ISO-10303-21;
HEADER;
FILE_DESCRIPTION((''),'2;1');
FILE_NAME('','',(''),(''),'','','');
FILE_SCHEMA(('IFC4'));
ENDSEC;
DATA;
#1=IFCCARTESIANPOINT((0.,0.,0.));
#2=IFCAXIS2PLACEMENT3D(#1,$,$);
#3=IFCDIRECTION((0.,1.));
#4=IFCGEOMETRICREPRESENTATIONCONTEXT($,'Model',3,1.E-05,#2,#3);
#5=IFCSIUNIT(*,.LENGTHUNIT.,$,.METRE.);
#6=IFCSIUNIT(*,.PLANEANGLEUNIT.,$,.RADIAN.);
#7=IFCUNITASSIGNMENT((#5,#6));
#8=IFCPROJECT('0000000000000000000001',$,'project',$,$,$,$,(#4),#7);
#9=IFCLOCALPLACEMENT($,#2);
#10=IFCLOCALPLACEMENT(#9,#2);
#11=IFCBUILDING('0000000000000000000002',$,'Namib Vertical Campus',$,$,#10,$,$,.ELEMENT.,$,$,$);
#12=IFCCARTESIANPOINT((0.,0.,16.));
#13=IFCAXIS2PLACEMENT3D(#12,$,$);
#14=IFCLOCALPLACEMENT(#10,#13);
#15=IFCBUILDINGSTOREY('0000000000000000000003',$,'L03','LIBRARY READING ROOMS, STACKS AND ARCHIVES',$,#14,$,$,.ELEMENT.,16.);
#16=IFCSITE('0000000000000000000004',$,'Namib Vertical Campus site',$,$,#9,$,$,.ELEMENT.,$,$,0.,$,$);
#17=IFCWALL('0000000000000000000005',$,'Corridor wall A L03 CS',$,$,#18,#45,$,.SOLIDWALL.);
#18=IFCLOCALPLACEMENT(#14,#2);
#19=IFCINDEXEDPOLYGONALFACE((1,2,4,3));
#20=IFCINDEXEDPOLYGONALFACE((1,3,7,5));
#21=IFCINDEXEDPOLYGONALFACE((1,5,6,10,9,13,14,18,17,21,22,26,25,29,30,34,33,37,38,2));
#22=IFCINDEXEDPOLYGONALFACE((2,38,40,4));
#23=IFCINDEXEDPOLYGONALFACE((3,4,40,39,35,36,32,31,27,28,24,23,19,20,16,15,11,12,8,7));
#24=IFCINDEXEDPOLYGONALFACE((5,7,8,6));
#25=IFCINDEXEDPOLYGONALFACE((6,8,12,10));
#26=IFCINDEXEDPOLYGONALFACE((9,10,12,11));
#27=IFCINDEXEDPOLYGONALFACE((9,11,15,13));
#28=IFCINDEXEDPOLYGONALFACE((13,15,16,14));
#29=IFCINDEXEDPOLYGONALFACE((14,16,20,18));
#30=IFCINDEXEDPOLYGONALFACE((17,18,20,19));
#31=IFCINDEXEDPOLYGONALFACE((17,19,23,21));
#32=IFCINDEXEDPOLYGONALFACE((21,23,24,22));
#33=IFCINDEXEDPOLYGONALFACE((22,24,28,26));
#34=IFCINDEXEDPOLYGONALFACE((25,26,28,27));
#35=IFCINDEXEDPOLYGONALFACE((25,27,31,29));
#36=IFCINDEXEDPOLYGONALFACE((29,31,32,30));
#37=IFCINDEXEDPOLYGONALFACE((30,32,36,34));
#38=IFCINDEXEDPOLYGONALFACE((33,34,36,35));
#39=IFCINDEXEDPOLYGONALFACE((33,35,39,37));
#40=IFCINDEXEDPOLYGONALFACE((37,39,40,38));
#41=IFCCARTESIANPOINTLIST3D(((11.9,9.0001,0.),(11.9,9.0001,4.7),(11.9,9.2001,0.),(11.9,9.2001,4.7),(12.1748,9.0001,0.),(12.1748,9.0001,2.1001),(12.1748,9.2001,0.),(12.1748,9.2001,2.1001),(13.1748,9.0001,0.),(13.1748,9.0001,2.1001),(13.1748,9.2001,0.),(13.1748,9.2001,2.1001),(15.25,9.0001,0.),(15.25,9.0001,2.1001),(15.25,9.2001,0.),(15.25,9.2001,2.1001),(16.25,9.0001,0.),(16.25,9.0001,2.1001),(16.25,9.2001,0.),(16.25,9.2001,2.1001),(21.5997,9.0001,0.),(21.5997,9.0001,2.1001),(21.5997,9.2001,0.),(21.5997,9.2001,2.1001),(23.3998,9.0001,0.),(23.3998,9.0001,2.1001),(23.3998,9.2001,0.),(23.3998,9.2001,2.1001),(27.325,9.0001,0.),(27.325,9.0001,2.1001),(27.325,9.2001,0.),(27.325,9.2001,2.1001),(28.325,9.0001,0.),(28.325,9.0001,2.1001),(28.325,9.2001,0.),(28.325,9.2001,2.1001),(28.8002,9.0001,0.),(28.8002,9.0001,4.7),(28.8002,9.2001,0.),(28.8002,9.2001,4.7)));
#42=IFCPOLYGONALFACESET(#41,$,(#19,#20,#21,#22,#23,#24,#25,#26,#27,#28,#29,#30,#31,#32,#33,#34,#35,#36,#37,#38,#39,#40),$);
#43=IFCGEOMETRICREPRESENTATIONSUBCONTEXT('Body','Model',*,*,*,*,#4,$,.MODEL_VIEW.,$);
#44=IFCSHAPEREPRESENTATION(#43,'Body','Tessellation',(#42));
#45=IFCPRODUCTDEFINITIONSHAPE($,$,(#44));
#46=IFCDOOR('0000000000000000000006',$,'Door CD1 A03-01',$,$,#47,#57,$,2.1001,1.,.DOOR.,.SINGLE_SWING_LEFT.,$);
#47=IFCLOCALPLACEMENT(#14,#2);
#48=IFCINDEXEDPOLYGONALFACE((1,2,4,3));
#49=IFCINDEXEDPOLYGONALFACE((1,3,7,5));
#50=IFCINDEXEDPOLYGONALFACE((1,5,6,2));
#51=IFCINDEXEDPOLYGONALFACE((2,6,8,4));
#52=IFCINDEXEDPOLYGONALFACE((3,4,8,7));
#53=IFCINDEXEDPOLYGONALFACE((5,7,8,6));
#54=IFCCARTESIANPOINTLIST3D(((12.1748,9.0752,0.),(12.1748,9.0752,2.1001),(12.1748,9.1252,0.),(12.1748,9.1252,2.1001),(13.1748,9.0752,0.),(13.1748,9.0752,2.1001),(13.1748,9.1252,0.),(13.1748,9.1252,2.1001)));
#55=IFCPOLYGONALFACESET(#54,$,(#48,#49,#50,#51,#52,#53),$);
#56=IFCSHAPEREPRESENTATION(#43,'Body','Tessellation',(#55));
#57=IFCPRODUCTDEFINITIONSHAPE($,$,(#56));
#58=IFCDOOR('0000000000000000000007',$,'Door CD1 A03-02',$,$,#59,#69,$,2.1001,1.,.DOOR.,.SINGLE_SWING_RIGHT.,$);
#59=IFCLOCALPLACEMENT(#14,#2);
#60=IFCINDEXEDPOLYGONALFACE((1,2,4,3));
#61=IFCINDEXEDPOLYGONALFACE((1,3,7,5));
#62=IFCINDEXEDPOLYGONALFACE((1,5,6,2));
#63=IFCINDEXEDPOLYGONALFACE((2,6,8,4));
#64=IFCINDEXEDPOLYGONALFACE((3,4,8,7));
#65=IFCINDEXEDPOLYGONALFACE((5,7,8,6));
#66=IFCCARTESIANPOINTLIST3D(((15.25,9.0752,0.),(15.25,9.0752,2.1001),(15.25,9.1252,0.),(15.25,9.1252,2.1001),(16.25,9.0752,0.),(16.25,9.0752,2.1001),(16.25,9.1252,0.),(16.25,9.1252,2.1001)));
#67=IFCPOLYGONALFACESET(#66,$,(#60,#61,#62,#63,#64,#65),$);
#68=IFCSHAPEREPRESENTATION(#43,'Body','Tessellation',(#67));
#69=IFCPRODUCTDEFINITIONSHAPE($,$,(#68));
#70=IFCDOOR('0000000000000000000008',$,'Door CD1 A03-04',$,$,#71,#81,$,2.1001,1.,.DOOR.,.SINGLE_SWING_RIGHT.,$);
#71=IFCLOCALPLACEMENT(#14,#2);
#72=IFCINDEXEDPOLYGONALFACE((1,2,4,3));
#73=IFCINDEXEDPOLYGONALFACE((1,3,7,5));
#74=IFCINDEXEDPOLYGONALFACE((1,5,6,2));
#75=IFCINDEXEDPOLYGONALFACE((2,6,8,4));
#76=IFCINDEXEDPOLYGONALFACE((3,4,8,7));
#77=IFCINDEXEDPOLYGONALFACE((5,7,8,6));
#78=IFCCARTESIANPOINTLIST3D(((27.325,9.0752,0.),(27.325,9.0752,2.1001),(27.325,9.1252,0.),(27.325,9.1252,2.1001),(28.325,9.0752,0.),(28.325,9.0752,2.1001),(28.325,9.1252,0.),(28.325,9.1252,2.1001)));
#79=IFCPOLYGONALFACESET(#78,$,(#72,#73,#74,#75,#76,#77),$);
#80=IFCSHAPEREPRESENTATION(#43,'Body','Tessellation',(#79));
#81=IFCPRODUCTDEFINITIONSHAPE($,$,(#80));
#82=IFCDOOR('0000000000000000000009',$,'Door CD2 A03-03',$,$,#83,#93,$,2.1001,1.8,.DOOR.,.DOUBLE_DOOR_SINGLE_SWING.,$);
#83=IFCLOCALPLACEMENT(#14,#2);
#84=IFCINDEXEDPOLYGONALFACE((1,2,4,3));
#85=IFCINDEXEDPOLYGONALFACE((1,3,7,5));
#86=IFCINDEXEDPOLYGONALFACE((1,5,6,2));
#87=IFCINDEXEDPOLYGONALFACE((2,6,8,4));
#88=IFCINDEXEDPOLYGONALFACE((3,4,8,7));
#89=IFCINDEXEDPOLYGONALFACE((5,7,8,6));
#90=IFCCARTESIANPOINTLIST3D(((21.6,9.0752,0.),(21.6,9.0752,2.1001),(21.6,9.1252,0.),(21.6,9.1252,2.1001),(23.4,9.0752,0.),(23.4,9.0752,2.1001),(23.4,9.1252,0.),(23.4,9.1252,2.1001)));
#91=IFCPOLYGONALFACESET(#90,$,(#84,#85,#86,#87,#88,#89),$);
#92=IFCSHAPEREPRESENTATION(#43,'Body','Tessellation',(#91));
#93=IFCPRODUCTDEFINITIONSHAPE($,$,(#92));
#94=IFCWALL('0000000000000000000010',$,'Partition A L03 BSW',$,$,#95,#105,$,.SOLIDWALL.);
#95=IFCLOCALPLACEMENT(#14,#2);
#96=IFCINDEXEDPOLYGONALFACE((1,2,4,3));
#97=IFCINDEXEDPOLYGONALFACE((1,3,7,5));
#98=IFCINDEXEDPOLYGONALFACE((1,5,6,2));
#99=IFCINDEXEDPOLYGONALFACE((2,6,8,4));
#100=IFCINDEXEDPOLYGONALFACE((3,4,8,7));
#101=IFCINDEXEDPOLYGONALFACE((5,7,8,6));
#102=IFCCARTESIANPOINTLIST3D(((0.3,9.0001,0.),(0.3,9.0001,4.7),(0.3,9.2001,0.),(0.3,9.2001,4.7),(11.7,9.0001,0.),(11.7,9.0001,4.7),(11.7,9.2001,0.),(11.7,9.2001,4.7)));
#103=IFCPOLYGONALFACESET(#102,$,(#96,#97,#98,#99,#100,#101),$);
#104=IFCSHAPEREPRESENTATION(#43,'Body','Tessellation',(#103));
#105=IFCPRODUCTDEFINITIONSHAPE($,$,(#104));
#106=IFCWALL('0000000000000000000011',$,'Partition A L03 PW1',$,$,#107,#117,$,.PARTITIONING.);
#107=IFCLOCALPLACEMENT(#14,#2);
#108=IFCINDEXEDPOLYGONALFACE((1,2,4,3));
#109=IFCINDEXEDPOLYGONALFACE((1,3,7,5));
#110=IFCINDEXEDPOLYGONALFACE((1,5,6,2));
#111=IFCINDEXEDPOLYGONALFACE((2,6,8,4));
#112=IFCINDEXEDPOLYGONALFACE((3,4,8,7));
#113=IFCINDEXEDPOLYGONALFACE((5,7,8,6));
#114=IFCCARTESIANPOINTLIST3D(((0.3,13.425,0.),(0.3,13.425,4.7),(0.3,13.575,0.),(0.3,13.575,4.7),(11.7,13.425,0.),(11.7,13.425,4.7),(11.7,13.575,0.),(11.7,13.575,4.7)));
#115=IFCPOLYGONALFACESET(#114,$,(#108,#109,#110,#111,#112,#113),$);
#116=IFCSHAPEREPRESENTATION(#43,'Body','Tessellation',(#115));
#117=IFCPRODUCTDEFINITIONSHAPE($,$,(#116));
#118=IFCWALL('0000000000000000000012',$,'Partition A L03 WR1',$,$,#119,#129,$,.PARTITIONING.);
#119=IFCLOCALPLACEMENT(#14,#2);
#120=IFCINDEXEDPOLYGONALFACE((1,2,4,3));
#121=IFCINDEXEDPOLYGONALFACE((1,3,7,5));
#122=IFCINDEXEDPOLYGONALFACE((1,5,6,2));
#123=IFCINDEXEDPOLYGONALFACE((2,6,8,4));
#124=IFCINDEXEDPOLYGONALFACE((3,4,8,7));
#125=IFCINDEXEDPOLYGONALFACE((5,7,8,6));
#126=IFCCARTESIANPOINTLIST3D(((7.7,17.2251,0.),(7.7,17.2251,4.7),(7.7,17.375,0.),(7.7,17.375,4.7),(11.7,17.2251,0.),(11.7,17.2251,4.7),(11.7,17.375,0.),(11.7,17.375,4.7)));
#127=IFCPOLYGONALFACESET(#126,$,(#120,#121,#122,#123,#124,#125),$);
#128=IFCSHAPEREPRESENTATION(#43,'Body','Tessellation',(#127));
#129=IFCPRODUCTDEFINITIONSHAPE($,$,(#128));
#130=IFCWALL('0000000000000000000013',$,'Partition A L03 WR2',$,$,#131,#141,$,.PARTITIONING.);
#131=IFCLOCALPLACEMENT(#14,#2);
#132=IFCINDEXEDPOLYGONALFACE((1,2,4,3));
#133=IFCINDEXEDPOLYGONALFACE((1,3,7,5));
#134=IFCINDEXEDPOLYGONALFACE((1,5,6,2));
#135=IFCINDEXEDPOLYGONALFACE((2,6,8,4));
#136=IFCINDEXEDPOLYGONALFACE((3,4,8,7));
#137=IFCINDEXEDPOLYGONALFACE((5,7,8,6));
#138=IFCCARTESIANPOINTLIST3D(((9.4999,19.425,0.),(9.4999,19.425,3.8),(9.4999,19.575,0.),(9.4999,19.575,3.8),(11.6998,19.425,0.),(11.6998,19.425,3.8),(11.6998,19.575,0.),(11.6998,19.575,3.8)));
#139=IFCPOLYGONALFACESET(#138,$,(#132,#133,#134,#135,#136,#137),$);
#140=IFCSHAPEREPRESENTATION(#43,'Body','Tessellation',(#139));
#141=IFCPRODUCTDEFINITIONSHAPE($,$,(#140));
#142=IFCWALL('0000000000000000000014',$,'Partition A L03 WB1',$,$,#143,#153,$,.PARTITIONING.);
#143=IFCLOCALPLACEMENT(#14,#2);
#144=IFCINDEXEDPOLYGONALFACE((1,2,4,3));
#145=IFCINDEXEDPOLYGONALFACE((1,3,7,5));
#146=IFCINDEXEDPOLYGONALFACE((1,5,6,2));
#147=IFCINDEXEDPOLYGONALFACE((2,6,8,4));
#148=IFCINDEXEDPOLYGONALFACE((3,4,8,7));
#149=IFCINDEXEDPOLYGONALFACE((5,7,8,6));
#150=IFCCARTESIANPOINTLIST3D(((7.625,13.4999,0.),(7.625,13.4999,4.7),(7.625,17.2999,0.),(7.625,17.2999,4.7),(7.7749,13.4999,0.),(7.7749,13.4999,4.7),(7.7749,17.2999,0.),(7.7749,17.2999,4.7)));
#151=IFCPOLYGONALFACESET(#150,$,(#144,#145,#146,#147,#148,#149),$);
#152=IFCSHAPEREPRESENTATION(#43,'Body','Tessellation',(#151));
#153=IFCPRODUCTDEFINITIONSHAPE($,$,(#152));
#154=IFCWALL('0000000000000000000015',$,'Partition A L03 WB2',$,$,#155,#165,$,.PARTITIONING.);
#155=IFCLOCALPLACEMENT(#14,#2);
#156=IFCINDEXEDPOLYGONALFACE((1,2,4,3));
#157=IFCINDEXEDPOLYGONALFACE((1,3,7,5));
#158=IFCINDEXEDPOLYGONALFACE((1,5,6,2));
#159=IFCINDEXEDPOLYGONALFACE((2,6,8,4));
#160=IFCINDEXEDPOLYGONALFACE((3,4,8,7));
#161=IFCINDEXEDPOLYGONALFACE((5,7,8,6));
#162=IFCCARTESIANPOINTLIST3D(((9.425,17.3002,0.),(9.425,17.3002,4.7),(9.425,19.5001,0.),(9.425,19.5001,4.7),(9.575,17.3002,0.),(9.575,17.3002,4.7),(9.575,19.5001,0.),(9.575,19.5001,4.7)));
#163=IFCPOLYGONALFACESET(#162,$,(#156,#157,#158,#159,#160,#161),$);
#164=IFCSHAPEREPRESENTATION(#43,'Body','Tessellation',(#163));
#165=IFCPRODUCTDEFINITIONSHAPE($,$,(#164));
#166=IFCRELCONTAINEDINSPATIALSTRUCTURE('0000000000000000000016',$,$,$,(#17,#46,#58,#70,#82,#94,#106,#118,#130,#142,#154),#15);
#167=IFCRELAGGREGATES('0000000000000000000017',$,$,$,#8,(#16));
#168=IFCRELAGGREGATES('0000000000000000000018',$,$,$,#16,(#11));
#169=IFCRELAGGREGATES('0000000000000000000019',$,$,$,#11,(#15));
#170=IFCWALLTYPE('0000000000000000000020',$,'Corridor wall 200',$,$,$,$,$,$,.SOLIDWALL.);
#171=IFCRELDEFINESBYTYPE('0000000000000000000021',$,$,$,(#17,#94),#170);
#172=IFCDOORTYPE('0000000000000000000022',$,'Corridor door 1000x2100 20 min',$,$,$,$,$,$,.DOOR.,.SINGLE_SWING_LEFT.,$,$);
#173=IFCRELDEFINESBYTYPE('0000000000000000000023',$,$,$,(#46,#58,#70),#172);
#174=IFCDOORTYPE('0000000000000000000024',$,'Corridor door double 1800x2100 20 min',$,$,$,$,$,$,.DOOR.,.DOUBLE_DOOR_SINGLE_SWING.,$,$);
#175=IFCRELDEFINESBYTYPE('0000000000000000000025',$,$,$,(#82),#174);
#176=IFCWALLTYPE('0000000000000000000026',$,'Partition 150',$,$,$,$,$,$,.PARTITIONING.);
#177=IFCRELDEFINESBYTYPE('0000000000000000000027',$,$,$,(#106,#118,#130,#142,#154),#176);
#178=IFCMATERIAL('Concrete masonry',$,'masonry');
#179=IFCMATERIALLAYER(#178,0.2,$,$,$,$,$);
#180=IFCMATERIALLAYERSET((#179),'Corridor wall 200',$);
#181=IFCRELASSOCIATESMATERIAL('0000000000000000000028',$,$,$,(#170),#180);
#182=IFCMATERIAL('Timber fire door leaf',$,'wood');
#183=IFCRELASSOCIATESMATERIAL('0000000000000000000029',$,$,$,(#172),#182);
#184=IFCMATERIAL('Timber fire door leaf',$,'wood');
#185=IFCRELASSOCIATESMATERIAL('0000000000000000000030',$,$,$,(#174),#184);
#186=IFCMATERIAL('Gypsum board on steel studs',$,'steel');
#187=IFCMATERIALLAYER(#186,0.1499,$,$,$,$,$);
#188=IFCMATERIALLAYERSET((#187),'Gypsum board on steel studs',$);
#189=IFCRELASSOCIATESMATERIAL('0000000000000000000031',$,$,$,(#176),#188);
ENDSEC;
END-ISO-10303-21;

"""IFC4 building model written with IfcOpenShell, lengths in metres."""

from ifc_helpers import new_model, si_unit, direction, frame, frame_2d, origin, place, context, subcontext, project, spatial, rectangle, extrude, material, layer, layer_set, type_object, element, fill, save


model = new_model("IFC4")

# Units and contexts
model_context = context("Model", 3, precision=1e-05, world=origin(), true_north=direction((0.0, 1.0)))
body_context = subcontext(model_context, "Body", "Model", "MODEL_VIEW")
ifc_project = project(units=[si_unit("LENGTHUNIT", "METRE"), si_unit("PLANEANGLEUNIT", "RADIAN")], contexts=[model_context])

# Site, building, storey
site_placement = place(None, origin())
site = spatial("IfcSite", under=ifc_project, at=site_placement, Name="Namib Vertical Campus site", CompositionType="ELEMENT", RefElevation=0.0)
building_placement = place(site_placement, origin())
building = spatial("IfcBuilding", under=site, at=building_placement, Name="Namib Vertical Campus", CompositionType="ELEMENT")
storey_placement = place(building_placement, frame((0.0, 0.0, 16.0)))
storey = spatial("IfcBuildingStorey", under=building, at=storey_placement, Name="L03", Description="LIBRARY READING ROOMS, STACKS AND ARCHIVES", CompositionType="ELEMENT", Elevation=16.0)

# Wall, openings, doors
ifc_material_1 = material(Name="Concrete masonry", Category="masonry")
ifc_layer_1 = layer(ifc_material_1, 0.2)
ifc_layer_set_1 = layer_set([ifc_layer_1], Name="Corridor wall 200")
wall_type_1 = type_object("IfcWallType", Name="Corridor wall 200", PredefinedType="SOLIDWALL", material=ifc_layer_set_1)
wall_1_placement = place(storey_placement, frame((11.8999, 9.1001, 0.0), z_axis=(0.0, 0.0, 1.0), x_axis=(1.0, 0.0, 0.0)))
wall_1 = element("IfcWall", 1, at=wall_1_placement, inside=storey, type_object=wall_type_1, Name="Corridor wall A L03 CS", PredefinedType="SOLIDWALL", context=body_context, shape_type="SweptSolid", body=[
    extrude(rectangle(XDim=16.9001, YDim=0.2, at=frame_2d((8.4502, 0.0))), origin(), (0.0, 0.0, 1.0), 4.7),
])
opening_1_placement = place(wall_1_placement, frame((0.2749, 0.0, 0.0)))
opening_1 = element("IfcOpeningElement", 2, at=opening_1_placement, cuts=wall_1, PredefinedType="OPENING", context=body_context, shape_type="SweptSolid", body=[
    extrude(rectangle(XDim=1.0, YDim=2.1001, at=frame_2d((0.5, 1.05))), frame((0.0, 0.1099, 0.0), z_axis=(0.0, -1.0, 0.0), x_axis=(1.0, 0.0, 0.0)), (0.0, 0.0, 1.0), 0.22),
])
opening_2_placement = place(wall_1_placement, frame((3.3501, 0.0, 0.0)))
opening_2 = element("IfcOpeningElement", 3, at=opening_2_placement, cuts=wall_1, PredefinedType="OPENING", context=body_context, shape_type="SweptSolid", body=[
    extrude(rectangle(XDim=1.0, YDim=2.1001, at=frame_2d((0.5, 1.05))), frame((0.0, 0.1099, 0.0), z_axis=(0.0, -1.0, 0.0), x_axis=(1.0, 0.0, 0.0)), (0.0, 0.0, 1.0), 0.22),
])
opening_3_placement = place(wall_1_placement, frame((9.7, 0.0, 0.0)))
opening_3 = element("IfcOpeningElement", 4, at=opening_3_placement, cuts=wall_1, PredefinedType="OPENING", context=body_context, shape_type="SweptSolid", body=[
    extrude(rectangle(XDim=1.8, YDim=2.1001, at=frame_2d((0.8999, 1.05))), frame((0.0, 0.1099, 0.0), z_axis=(0.0, -1.0, 0.0), x_axis=(1.0, 0.0, 0.0)), (0.0, 0.0, 1.0), 0.22),
])
opening_4_placement = place(wall_1_placement, frame((15.425, 0.0, 0.0)))
opening_4 = element("IfcOpeningElement", 5, at=opening_4_placement, cuts=wall_1, PredefinedType="OPENING", context=body_context, shape_type="SweptSolid", body=[
    extrude(rectangle(XDim=1.0, YDim=2.1001, at=frame_2d((0.5, 1.05))), frame((0.0, 0.1099, 0.0), z_axis=(0.0, -1.0, 0.0), x_axis=(1.0, 0.0, 0.0)), (0.0, 0.0, 1.0), 0.22),
])
ifc_material_2 = material(Name="Timber fire door leaf", Category="wood")
door_type_1 = type_object("IfcDoorType", Name="Corridor door 1000x2100 20 min", OperationType="SINGLE_SWING_LEFT", PredefinedType="DOOR", material=ifc_material_2)
door_1_placement = place(opening_1_placement, frame((1.0, 0.0, 0.0), z_axis=(0.0, 0.0, 1.0), x_axis=(-1.0, 0.0, 0.0)))
door_1 = element("IfcDoor", 6, at=door_1_placement, inside=storey, type_object=door_type_1, Name="Door CD1 A03-01", OperationType="SINGLE_SWING_LEFT", OverallHeight=2.1001, OverallWidth=1.0, PredefinedType="DOOR", context=body_context, shape_type="SweptSolid", body=[
    extrude(rectangle(XDim=1.0, YDim=2.1001, at=frame_2d((0.5, 1.05))), frame((0.0, 0.0249, 0.0), z_axis=(0.0, -1.0, 0.0), x_axis=(1.0, 0.0, 0.0)), (0.0, 0.0, 1.0), 0.05),
])
fill(opening_1, door_1)
door_2_placement = place(opening_2_placement, frame((1.0, 0.0, 0.0), z_axis=(0.0, 0.0, 1.0), x_axis=(-1.0, 0.0, 0.0)))
door_2 = element("IfcDoor", 7, at=door_2_placement, inside=storey, type_object=door_type_1, Name="Door CD1 A03-02", OperationType="SINGLE_SWING_RIGHT", OverallHeight=2.1001, OverallWidth=1.0, PredefinedType="DOOR", context=body_context, shape_type="SweptSolid", body=[
    extrude(rectangle(XDim=1.0, YDim=2.1001, at=frame_2d((0.5, 1.05))), frame((0.0, 0.0249, 0.0), z_axis=(0.0, -1.0, 0.0), x_axis=(1.0, 0.0, 0.0)), (0.0, 0.0, 1.0), 0.05),
])
fill(opening_2, door_2)
door_3_placement = place(opening_4_placement, frame((1.0, 0.0, 0.0), z_axis=(0.0, 0.0, 1.0), x_axis=(-1.0, 0.0, 0.0)))
door_3 = element("IfcDoor", 8, at=door_3_placement, inside=storey, type_object=door_type_1, Name="Door CD1 A03-04", OperationType="SINGLE_SWING_RIGHT", OverallHeight=2.1001, OverallWidth=1.0, PredefinedType="DOOR", context=body_context, shape_type="SweptSolid", body=[
    extrude(rectangle(XDim=1.0, YDim=2.1001, at=frame_2d((0.5, 1.05))), frame((0.0, 0.0249, 0.0), z_axis=(0.0, -1.0, 0.0), x_axis=(1.0, 0.0, 0.0)), (0.0, 0.0, 1.0), 0.05),
])
fill(opening_4, door_3)
ifc_material_3 = material(Name="Timber fire door leaf", Category="wood")
door_type_2 = type_object("IfcDoorType", Name="Corridor door double 1800x2100 20 min", OperationType="DOUBLE_DOOR_SINGLE_SWING", PredefinedType="DOOR", material=ifc_material_3)
door_4_placement = place(opening_3_placement, frame((1.8, 0.0, 0.0), z_axis=(0.0, 0.0, 1.0), x_axis=(-1.0, 0.0, 0.0)))
door_4 = element("IfcDoor", 9, at=door_4_placement, inside=storey, type_object=door_type_2, Name="Door CD2 A03-03", OperationType="DOUBLE_DOOR_SINGLE_SWING", OverallHeight=2.1001, OverallWidth=1.8, PredefinedType="DOOR", context=body_context, shape_type="SweptSolid", body=[
    extrude(rectangle(XDim=1.8, YDim=2.1001, at=frame_2d((0.8999, 1.05))), frame((0.0, 0.0249, 0.0), z_axis=(0.0, -1.0, 0.0), x_axis=(1.0, 0.0, 0.0)), (0.0, 0.0, 1.0), 0.05),
])
fill(opening_3, door_4)

# Walls
wall_2_placement = place(storey_placement, frame((0.3, 9.1001, 0.0), z_axis=(0.0, 0.0, 1.0), x_axis=(1.0, 0.0, 0.0)))
element("IfcWall", 10, at=wall_2_placement, inside=storey, type_object=wall_type_1, Name="Partition A L03 BSW", PredefinedType="SOLIDWALL", context=body_context, shape_type="SweptSolid", body=[
    extrude(rectangle(XDim=11.3999, YDim=0.2, at=frame_2d((5.7, 0.0))), origin(), (0.0, 0.0, 1.0), 4.7),
])
ifc_material_4 = material(Name="Gypsum board on steel studs", Category="steel")
ifc_layer_2 = layer(ifc_material_4, 0.1499)
ifc_layer_set_2 = layer_set([ifc_layer_2], Name="Gypsum board on steel studs")
wall_type_2 = type_object("IfcWallType", Name="Partition 150", PredefinedType="PARTITIONING", material=ifc_layer_set_2)
wall_3_placement = place(storey_placement, frame((0.3, 13.5, 0.0), z_axis=(0.0, 0.0, 1.0), x_axis=(1.0, 0.0, 0.0)))
element("IfcWall", 11, at=wall_3_placement, inside=storey, type_object=wall_type_2, Name="Partition A L03 PW1", PredefinedType="PARTITIONING", context=body_context, shape_type="SweptSolid", body=[
    extrude(rectangle(XDim=11.3999, YDim=0.1499, at=frame_2d((5.7, 0.0))), origin(), (0.0, 0.0, 1.0), 4.7),
])
wall_4_placement = place(storey_placement, frame((11.7, 17.3, 0.0), z_axis=(0.0, 0.0, 1.0), x_axis=(-1.0, 0.0, 0.0)))
element("IfcWall", 12, at=wall_4_placement, inside=storey, type_object=wall_type_2, Name="Partition A L03 WR1", PredefinedType="PARTITIONING", context=body_context, shape_type="SweptSolid", body=[
    extrude(rectangle(XDim=4.0, YDim=0.1499, at=frame_2d((2.0, 0.0))), origin(), (0.0, 0.0, 1.0), 4.7),
])
wall_5_placement = place(storey_placement, frame((11.7, 19.5, 0.0), z_axis=(0.0, 0.0, 1.0), x_axis=(-1.0, 0.0, 0.0)))
element("IfcWall", 13, at=wall_5_placement, inside=storey, type_object=wall_type_2, Name="Partition A L03 WR2", PredefinedType="PARTITIONING", context=body_context, shape_type="SweptSolid", body=[
    extrude(rectangle(XDim=2.2, YDim=0.1499, at=frame_2d((1.1001, 0.0))), origin(), (0.0, 0.0, 1.0), 3.8),
])
wall_6_placement = place(storey_placement, frame((7.7, 13.5, 0.0), z_axis=(0.0, 0.0, 1.0), x_axis=(0.0, 1.0, 0.0)))
element("IfcWall", 14, at=wall_6_placement, inside=storey, type_object=wall_type_2, Name="Partition A L03 WB1", PredefinedType="PARTITIONING", context=body_context, shape_type="SweptSolid", body=[
    extrude(rectangle(XDim=3.8, YDim=0.1499, at=frame_2d((1.8999, 0.0))), origin(), (0.0, 0.0, 1.0), 4.7),
])
wall_7_placement = place(storey_placement, frame((9.5, 17.3, 0.0), z_axis=(0.0, 0.0, 1.0), x_axis=(0.0, 1.0, 0.0)))
element("IfcWall", 15, at=wall_7_placement, inside=storey, type_object=wall_type_2, Name="Partition A L03 WB2", PredefinedType="PARTITIONING", context=body_context, shape_type="SweptSolid", body=[
    extrude(rectangle(XDim=2.2, YDim=0.1499, at=frame_2d((1.1001, 0.0))), origin(), (0.0, 0.0, 1.0), 4.7),
])

save(model, "model.ifc")
